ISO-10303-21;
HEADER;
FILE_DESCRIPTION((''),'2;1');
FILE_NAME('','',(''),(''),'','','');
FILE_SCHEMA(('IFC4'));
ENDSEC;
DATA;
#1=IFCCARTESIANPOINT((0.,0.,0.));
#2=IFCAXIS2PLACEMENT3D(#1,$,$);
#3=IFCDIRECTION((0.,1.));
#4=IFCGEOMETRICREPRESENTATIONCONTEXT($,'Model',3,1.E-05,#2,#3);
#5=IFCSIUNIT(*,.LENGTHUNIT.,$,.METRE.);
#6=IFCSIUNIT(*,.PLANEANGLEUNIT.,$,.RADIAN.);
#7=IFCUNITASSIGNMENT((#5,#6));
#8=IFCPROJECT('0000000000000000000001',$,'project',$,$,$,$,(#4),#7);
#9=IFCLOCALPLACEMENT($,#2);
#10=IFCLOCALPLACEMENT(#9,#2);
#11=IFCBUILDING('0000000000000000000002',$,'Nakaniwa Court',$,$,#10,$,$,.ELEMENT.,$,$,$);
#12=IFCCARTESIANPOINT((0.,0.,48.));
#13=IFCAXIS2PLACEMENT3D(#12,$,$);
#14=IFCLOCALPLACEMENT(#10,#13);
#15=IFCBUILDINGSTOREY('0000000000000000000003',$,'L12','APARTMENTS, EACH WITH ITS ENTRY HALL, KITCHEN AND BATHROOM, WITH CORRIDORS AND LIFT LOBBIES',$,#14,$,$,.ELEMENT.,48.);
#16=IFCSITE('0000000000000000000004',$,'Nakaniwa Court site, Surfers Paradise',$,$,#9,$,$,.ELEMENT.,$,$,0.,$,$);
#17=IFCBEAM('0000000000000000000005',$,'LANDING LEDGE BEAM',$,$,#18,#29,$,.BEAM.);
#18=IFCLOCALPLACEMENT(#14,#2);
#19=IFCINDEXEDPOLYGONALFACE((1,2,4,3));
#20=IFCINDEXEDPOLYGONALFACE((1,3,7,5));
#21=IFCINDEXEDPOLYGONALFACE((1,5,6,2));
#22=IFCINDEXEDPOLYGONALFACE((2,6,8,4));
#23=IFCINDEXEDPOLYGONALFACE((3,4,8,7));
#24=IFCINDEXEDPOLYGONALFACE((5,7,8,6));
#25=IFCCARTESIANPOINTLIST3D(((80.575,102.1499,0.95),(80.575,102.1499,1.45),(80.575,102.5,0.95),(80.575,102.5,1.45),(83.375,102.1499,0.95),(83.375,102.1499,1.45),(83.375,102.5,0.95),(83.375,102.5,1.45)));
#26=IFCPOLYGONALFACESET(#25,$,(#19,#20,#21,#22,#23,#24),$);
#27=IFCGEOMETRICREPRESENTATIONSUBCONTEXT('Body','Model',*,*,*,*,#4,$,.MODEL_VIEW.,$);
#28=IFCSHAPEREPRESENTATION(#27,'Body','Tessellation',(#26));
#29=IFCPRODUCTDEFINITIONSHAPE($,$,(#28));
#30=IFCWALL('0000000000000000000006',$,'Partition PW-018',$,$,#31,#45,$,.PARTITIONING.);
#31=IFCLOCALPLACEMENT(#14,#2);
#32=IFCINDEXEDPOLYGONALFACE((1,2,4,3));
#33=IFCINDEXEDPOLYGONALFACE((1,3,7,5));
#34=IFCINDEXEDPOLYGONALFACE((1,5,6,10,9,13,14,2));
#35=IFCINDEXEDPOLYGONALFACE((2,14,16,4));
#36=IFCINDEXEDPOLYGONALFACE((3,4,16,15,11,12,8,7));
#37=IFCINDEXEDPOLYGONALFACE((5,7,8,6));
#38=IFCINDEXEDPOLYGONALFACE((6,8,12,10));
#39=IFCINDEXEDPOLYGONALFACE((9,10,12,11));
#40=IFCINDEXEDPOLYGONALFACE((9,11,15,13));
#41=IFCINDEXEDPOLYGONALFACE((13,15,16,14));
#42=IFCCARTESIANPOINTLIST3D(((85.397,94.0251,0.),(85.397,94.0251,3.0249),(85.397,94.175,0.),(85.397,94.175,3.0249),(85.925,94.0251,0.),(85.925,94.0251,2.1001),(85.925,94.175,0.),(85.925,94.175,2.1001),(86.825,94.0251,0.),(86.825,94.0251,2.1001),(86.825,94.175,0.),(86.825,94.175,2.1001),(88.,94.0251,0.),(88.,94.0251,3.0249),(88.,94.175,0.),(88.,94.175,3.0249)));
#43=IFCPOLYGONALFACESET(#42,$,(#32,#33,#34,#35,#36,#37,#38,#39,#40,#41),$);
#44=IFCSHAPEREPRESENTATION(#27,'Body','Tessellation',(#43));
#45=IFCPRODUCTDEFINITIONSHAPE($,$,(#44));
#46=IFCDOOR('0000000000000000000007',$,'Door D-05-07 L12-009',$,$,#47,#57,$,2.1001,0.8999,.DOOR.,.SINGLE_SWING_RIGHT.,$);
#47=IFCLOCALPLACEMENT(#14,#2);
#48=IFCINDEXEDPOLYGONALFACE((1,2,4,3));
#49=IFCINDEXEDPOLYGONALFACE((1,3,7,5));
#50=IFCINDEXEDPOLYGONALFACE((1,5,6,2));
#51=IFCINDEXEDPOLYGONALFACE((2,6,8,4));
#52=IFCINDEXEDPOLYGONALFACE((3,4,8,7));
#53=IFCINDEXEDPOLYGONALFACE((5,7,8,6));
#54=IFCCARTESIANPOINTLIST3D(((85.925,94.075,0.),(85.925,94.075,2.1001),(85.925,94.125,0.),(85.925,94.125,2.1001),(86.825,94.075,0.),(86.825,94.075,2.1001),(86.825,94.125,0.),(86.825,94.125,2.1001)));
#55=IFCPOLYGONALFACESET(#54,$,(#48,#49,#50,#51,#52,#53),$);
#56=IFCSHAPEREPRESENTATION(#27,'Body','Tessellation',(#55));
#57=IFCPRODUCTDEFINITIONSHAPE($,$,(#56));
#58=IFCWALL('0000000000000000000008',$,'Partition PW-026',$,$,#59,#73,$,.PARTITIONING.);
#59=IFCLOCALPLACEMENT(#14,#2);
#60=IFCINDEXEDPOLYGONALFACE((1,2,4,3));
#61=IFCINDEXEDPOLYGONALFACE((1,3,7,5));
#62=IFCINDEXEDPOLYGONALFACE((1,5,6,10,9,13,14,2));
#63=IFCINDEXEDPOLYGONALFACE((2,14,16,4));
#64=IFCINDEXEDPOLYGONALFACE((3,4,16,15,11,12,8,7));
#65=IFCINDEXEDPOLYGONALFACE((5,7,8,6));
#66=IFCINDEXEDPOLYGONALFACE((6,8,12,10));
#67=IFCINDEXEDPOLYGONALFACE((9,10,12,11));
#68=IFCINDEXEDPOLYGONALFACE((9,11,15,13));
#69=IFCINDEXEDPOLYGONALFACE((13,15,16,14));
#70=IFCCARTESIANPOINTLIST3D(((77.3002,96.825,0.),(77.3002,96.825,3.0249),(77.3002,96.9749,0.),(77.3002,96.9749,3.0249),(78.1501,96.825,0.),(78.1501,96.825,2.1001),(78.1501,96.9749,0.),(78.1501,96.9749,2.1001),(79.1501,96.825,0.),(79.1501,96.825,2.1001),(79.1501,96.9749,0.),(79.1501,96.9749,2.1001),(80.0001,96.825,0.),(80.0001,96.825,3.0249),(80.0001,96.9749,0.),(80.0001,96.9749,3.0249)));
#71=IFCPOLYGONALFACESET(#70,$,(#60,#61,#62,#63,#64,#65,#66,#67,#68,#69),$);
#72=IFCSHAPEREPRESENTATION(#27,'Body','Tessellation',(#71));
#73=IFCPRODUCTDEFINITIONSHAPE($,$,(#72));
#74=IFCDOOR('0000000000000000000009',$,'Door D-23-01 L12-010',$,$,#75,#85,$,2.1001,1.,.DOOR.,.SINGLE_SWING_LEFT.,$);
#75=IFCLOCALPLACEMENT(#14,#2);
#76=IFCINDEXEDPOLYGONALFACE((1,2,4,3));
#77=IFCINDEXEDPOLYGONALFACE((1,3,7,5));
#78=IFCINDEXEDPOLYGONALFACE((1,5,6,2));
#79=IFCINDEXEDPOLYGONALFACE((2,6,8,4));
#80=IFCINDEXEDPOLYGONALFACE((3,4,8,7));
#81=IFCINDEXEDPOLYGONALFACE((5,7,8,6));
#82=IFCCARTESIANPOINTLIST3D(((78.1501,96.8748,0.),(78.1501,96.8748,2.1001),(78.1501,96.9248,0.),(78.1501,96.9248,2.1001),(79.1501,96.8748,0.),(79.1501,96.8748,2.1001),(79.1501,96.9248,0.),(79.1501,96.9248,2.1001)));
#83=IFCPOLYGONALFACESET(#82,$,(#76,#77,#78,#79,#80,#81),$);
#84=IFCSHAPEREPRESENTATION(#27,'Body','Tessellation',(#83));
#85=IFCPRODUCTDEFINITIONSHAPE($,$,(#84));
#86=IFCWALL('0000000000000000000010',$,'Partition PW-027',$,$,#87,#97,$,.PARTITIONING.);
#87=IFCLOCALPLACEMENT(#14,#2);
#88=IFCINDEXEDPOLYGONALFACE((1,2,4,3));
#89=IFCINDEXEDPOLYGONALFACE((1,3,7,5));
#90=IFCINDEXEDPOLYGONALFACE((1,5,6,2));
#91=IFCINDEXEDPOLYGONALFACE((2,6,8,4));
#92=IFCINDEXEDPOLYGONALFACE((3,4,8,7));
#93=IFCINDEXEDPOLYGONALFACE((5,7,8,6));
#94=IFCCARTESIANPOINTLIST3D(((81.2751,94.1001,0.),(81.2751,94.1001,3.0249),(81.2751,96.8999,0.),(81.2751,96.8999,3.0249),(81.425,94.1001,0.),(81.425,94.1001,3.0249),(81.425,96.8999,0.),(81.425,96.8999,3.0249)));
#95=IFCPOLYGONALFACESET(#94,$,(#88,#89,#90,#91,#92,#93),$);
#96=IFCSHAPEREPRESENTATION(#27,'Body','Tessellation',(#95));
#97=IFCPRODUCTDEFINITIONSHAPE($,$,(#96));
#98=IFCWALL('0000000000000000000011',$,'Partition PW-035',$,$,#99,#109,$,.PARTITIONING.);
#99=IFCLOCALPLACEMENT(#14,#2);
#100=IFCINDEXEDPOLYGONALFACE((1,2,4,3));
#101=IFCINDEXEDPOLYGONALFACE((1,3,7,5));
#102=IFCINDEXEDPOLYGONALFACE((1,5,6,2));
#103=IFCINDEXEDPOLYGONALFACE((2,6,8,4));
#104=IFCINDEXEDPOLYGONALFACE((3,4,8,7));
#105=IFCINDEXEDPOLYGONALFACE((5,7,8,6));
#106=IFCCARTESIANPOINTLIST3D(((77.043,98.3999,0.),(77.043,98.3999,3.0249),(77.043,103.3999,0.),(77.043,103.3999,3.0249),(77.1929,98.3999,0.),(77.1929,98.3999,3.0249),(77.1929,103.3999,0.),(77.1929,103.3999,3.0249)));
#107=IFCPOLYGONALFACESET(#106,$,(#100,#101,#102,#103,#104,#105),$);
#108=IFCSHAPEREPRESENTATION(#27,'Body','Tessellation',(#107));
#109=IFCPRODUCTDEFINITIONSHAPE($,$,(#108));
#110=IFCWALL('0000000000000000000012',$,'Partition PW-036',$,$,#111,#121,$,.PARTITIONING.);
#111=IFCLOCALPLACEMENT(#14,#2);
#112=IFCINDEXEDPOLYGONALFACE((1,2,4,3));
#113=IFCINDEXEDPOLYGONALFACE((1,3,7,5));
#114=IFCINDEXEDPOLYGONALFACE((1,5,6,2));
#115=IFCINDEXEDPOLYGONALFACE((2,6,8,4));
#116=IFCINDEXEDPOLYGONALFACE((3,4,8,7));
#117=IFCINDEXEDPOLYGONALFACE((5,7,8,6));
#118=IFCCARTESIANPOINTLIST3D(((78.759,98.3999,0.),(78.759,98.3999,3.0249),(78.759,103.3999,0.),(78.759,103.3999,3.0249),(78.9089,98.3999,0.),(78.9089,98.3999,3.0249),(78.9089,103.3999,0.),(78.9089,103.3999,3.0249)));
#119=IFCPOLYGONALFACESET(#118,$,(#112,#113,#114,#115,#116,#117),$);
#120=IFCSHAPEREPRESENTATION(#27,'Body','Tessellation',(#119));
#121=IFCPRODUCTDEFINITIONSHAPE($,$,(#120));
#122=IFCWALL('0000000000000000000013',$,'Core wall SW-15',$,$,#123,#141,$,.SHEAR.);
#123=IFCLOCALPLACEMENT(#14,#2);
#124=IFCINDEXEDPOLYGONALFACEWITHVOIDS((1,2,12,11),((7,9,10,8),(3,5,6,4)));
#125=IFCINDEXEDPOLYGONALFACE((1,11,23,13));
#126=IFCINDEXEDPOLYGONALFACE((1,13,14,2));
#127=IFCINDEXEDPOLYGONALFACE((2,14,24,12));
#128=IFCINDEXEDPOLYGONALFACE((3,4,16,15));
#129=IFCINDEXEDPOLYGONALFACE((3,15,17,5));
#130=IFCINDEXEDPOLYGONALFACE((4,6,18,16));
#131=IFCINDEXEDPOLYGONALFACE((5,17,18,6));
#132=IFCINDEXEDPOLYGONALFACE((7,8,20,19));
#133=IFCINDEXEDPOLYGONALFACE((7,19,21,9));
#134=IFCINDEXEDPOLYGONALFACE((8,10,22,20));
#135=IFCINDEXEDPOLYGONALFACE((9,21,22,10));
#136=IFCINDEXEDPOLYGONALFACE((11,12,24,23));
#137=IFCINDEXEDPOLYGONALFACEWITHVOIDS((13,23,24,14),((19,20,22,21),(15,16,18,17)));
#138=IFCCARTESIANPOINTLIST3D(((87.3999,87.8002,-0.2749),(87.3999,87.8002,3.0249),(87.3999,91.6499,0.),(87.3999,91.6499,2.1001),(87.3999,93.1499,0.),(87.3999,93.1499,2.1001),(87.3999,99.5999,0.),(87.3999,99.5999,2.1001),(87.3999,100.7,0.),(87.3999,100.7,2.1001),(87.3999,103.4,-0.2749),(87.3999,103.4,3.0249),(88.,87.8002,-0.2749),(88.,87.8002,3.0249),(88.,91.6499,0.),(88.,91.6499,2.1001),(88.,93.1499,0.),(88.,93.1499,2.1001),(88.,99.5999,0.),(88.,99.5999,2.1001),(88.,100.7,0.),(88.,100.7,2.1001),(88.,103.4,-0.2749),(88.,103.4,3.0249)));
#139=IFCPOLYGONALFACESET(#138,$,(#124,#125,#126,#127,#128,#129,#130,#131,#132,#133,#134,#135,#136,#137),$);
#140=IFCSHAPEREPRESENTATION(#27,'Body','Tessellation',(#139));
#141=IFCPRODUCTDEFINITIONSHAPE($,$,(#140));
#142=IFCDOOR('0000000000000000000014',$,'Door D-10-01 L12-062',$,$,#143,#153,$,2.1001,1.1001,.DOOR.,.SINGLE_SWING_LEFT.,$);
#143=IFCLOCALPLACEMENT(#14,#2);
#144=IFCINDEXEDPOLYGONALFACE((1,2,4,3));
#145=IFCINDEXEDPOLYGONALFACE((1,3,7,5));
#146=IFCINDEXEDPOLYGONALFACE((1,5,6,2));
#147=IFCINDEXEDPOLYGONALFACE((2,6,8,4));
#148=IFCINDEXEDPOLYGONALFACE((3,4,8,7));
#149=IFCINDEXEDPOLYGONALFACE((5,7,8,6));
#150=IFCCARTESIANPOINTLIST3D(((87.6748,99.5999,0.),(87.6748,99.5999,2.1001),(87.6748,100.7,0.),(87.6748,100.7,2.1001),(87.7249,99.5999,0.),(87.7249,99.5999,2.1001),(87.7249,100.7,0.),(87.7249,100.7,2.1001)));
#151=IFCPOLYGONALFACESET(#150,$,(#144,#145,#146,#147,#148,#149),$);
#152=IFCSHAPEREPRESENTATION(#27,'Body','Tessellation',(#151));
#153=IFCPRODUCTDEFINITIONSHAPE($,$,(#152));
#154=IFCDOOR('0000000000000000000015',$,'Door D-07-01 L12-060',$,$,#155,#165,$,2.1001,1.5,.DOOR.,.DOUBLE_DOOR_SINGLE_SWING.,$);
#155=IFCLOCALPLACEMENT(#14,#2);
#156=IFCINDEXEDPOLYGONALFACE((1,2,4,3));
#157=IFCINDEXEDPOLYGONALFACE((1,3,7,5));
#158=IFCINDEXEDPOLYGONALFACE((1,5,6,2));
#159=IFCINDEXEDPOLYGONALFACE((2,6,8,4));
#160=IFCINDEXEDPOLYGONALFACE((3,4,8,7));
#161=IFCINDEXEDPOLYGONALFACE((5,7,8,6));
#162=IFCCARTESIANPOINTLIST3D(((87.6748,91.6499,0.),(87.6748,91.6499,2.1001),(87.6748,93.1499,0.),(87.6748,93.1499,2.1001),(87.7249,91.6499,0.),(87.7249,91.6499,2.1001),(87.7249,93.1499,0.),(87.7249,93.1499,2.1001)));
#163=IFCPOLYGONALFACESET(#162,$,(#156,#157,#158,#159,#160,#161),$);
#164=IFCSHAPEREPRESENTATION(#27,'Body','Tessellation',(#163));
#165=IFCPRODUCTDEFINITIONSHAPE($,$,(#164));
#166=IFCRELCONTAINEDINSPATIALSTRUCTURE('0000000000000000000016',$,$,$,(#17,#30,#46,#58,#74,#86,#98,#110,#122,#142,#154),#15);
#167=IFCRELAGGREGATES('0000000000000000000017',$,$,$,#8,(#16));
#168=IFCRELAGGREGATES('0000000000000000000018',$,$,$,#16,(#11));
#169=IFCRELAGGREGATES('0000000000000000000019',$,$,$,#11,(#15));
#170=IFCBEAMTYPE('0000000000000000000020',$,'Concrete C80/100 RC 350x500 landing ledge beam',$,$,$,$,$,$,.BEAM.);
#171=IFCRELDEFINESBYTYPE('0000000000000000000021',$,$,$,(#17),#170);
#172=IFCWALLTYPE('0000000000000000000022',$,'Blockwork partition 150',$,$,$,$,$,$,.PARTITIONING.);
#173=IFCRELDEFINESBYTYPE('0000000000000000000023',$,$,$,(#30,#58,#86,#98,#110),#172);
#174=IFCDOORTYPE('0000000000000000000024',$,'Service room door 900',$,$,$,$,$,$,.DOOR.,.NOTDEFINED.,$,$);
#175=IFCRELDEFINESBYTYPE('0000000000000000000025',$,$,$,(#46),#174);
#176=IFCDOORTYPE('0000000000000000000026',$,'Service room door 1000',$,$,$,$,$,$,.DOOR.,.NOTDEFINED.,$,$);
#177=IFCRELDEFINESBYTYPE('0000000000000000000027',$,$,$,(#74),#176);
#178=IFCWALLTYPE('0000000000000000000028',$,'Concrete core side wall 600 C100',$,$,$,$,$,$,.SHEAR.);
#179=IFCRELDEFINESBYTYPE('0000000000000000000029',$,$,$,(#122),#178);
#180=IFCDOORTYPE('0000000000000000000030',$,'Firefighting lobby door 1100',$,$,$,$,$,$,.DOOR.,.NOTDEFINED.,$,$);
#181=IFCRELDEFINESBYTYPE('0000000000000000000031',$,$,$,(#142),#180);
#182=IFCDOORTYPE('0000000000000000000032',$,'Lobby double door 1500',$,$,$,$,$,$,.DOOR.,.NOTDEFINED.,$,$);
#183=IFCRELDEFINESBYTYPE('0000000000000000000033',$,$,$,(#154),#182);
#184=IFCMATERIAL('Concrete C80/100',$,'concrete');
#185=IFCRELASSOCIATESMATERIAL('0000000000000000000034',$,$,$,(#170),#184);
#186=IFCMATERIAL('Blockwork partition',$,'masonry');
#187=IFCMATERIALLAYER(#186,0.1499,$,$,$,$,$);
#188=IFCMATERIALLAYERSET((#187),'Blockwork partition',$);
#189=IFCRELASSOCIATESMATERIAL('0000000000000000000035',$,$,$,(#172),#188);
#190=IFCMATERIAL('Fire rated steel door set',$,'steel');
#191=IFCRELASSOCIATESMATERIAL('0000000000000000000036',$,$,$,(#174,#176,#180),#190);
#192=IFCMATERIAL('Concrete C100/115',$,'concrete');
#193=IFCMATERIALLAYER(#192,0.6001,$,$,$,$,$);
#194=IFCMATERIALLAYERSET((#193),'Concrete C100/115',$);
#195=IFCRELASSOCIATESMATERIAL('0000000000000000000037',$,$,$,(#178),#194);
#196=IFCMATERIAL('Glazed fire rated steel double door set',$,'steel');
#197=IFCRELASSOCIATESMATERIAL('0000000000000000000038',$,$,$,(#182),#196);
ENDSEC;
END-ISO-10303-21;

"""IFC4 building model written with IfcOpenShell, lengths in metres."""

from ifc_helpers import new_model, si_unit, direction, frame, frame_2d, origin, origin_2d, place, context, subcontext, project, spatial, rectangle, extrude, material, layer, layer_set, material_profile, profile_set, type_object, element, fill, save


model = new_model("IFC4")

# Units and contexts
model_context = context("Model", 3, precision=1e-05, world=origin(), true_north=direction((0.0, 1.0)))
body_context = subcontext(model_context, "Body", "Model", "MODEL_VIEW")
ifc_project = project(units=[si_unit("LENGTHUNIT", "METRE"), si_unit("PLANEANGLEUNIT", "RADIAN")], contexts=[model_context])

# Site, building, storey
site_placement = place(None, origin())
site = spatial("IfcSite", under=ifc_project, at=site_placement, Name="Nakaniwa Court site, Surfers Paradise", CompositionType="ELEMENT", RefElevation=0.0)
building_placement = place(site_placement, origin())
building = spatial("IfcBuilding", under=site, at=building_placement, Name="Nakaniwa Court", CompositionType="ELEMENT")
storey_placement = place(building_placement, frame((0.0, 0.0, 48.0)))
storey = spatial("IfcBuildingStorey", under=building, at=storey_placement, Name="L12", Description="APARTMENTS, EACH WITH ITS ENTRY HALL, KITCHEN AND BATHROOM, WITH CORRIDORS AND LIFT LOBBIES", CompositionType="ELEMENT", Elevation=48.0)

# Beam
ifc_material_1 = material(Name="Concrete C80/100", Category="concrete")
ifc_material_profile = material_profile(ifc_material_1, rectangle(XDim=0.3501, YDim=0.5, at=origin_2d()), Name="Concrete C80/100 RC 350x500 landing ledge beam")
ifc_profile_set = profile_set([ifc_material_profile], Name="Concrete C80/100")
beam_type = type_object("IfcBeamType", Name="Concrete C80/100 RC 350x500 landing ledge beam", PredefinedType="BEAM", material=ifc_profile_set)
beam_placement = place(storey_placement, frame((80.575, 102.325, 1.2), z_axis=(1.0, 0.0, 0.0), x_axis=(0.0, 1.0, 0.0)))
element("IfcBeam", 1, at=beam_placement, inside=storey, type_object=beam_type, Name="LANDING LEDGE BEAM", PredefinedType="BEAM", context=body_context, shape_type="SweptSolid", body=[
    extrude(rectangle(XDim=0.3501, YDim=0.5, at=origin_2d()), origin(), (0.0, 0.0, 1.0), 2.8),
])

# Walls, openings, doors
ifc_material_2 = material(Name="Blockwork partition", Category="masonry")
ifc_layer_1 = layer(ifc_material_2, 0.1499)
ifc_layer_set_1 = layer_set([ifc_layer_1], Name="Blockwork partition")
wall_type_1 = type_object("IfcWallType", Name="Blockwork partition 150", PredefinedType="PARTITIONING", material=ifc_layer_set_1)
wall_1_placement = place(storey_placement, frame((85.397, 94.1001, 0.0), z_axis=(0.0, 0.0, 1.0), x_axis=(1.0, 0.0, 0.0)))
wall_1 = element("IfcWall", 2, at=wall_1_placement, inside=storey, type_object=wall_type_1, Name="Partition PW-018", PredefinedType="PARTITIONING", context=body_context, shape_type="SweptSolid", body=[
    extrude(rectangle(XDim=2.603, YDim=0.1499, at=frame_2d((1.3015, 0.0))), origin(), (0.0, 0.0, 1.0), 3.0249),
])
opening_1_placement = place(wall_1_placement, frame((0.5281, 0.0, 0.0)))
opening_1 = element("IfcOpeningElement", 3, at=opening_1_placement, cuts=wall_1, PredefinedType="OPENING", context=body_context, shape_type="SweptSolid", body=[
    extrude(rectangle(XDim=0.8999, YDim=2.1001, at=frame_2d((0.45, 1.05))), frame((0.0, 0.085, 0.0), z_axis=(0.0, -1.0, 0.0), x_axis=(1.0, 0.0, 0.0)), (0.0, 0.0, 1.0), 0.1699),
])
ifc_material_3 = material(Name="Fire rated steel door set", Category="steel")
door_type_1 = type_object("IfcDoorType", Name="Service room door 900", OperationType="NOTDEFINED", PredefinedType="DOOR", material=ifc_material_3)
door_1_placement = place(opening_1_placement, origin())
door_1 = element("IfcDoor", 4, at=door_1_placement, inside=storey, type_object=door_type_1, Name="Door D-05-07 L12-009", OperationType="SINGLE_SWING_RIGHT", OverallHeight=2.1001, OverallWidth=0.8999, PredefinedType="DOOR", context=body_context, shape_type="SweptSolid", body=[
    extrude(rectangle(XDim=0.8999, YDim=2.1001, at=frame_2d((0.45, 1.05))), frame((0.0, 0.0249, 0.0), z_axis=(0.0, -1.0, 0.0), x_axis=(1.0, 0.0, 0.0)), (0.0, 0.0, 1.0), 0.05),
])
fill(opening_1, door_1)
wall_2_placement = place(storey_placement, frame((77.3, 96.8999, 0.0), z_axis=(0.0, 0.0, 1.0), x_axis=(1.0, 0.0, 0.0)))
wall_2 = element("IfcWall", 5, at=wall_2_placement, inside=storey, type_object=wall_type_1, Name="Partition PW-026", PredefinedType="PARTITIONING", context=body_context, shape_type="SweptSolid", body=[
    extrude(rectangle(XDim=2.7, YDim=0.1499, at=frame_2d((1.3501, 0.0))), origin(), (0.0, 0.0, 1.0), 3.0249),
])
opening_2_placement = place(wall_2_placement, frame((0.8501, 0.0, 0.0)))
opening_2 = element("IfcOpeningElement", 6, at=opening_2_placement, cuts=wall_2, PredefinedType="OPENING", context=body_context, shape_type="SweptSolid", body=[
    extrude(rectangle(XDim=1.0, YDim=2.1001, at=frame_2d((0.5, 1.05))), frame((0.0, 0.085, 0.0), z_axis=(0.0, -1.0, 0.0), x_axis=(1.0, 0.0, 0.0)), (0.0, 0.0, 1.0), 0.1699),
])
door_type_2 = type_object("IfcDoorType", Name="Service room door 1000", OperationType="NOTDEFINED", PredefinedType="DOOR", material=ifc_material_3)
door_2_placement = place(opening_2_placement, origin())
door_2 = element("IfcDoor", 7, at=door_2_placement, inside=storey, type_object=door_type_2, Name="Door D-23-01 L12-010", OperationType="SINGLE_SWING_LEFT", OverallHeight=2.1001, OverallWidth=1.0, PredefinedType="DOOR", context=body_context, shape_type="SweptSolid", body=[
    extrude(rectangle(XDim=1.0, YDim=2.1001, at=frame_2d((0.5, 1.05))), frame((0.0, 0.0249, 0.0), z_axis=(0.0, -1.0, 0.0), x_axis=(1.0, 0.0, 0.0)), (0.0, 0.0, 1.0), 0.05),
])
fill(opening_2, door_2)

# Walls
wall_3_placement = place(storey_placement, frame((81.3501, 94.1001, 0.0), z_axis=(0.0, 0.0, 1.0), x_axis=(0.0, 1.0, 0.0)))
element("IfcWall", 8, at=wall_3_placement, inside=storey, type_object=wall_type_1, Name="Partition PW-027", PredefinedType="PARTITIONING", context=body_context, shape_type="SweptSolid", body=[
    extrude(rectangle(XDim=2.7998, YDim=0.1499, at=frame_2d((1.3999, 0.0))), origin(), (0.0, 0.0, 1.0), 3.0249),
])
for number, where, z_axis, x_axis, name in (
    (9, (77.1179, 98.3999, 0.0), (0.0, 0.0, 1.0), (0.0, 1.0, 0.0), "Partition PW-035"),
    (10, (78.834, 98.3999, 0.0), (0.0, 0.0, 1.0), (0.0, 1.0, 0.0), "Partition PW-036"),
):
    element("IfcWall", number, at=place(storey_placement, frame(where, z_axis=z_axis, x_axis=x_axis)), inside=storey, type_object=wall_type_1, Name=name, PredefinedType="PARTITIONING", context=body_context, shape_type="SweptSolid", body=[
        extrude(rectangle(XDim=5.0, YDim=0.1499, at=frame_2d((2.5, 0.0))), origin(), (0.0, 0.0, 1.0), 3.0249),
    ])

# Wall, openings, doors
ifc_material_4 = material(Name="Concrete C100/115", Category="concrete")
ifc_layer_2 = layer(ifc_material_4, 0.6001)
ifc_layer_set_2 = layer_set([ifc_layer_2], Name="Concrete C100/115")
wall_type_2 = type_object("IfcWallType", Name="Concrete core side wall 600 C100", PredefinedType="SHEAR", material=ifc_layer_set_2)
wall_4_placement = place(storey_placement, frame((87.7, 103.3999, -0.2749), z_axis=(0.0, 0.0, 1.0), x_axis=(0.0, -1.0, 0.0)))
wall_4 = element("IfcWall", 11, at=wall_4_placement, inside=storey, type_object=wall_type_2, Name="Core wall SW-15", PredefinedType="SHEAR", context=body_context, shape_type="SweptSolid", body=[
    extrude(rectangle(XDim=15.5999, YDim=0.6001, at=frame_2d((7.7998, 0.0))), origin(), (0.0, 0.0, 1.0), 3.2998),
])
opening_3_placement = place(wall_4_placement, frame((10.25, 0.0, 0.2749)))
opening_3 = element("IfcOpeningElement", 12, at=opening_3_placement, cuts=wall_4, PredefinedType="OPENING", context=body_context, shape_type="SweptSolid", body=[
    extrude(rectangle(XDim=1.5, YDim=2.1001, at=frame_2d((0.75, 1.05))), frame((0.0, 0.3101, 0.0), z_axis=(0.0, -1.0, 0.0), x_axis=(1.0, 0.0, 0.0)), (0.0, 0.0, 1.0), 0.6201),
])
opening_4_placement = place(wall_4_placement, frame((2.7, 0.0, 0.2749)))
opening_4 = element("IfcOpeningElement", 13, at=opening_4_placement, cuts=wall_4, PredefinedType="OPENING", context=body_context, shape_type="SweptSolid", body=[
    extrude(rectangle(XDim=1.1001, YDim=2.1001, at=frame_2d((0.55, 1.05))), frame((0.0, 0.3101, 0.0), z_axis=(0.0, -1.0, 0.0), x_axis=(1.0, 0.0, 0.0)), (0.0, 0.0, 1.0), 0.6201),
])
door_type_3 = type_object("IfcDoorType", Name="Firefighting lobby door 1100", OperationType="NOTDEFINED", PredefinedType="DOOR", material=ifc_material_3)
door_3_placement = place(opening_4_placement, origin())
door_3 = element("IfcDoor", 14, at=door_3_placement, inside=storey, type_object=door_type_3, Name="Door D-10-01 L12-062", OperationType="SINGLE_SWING_LEFT", OverallHeight=2.1001, OverallWidth=1.1001, PredefinedType="DOOR", context=body_context, shape_type="SweptSolid", body=[
    extrude(rectangle(XDim=1.1001, YDim=2.1001, at=frame_2d((0.55, 1.05))), frame((0.0, 0.0249, 0.0), z_axis=(0.0, -1.0, 0.0), x_axis=(1.0, 0.0, 0.0)), (0.0, 0.0, 1.0), 0.05),
])
fill(opening_4, door_3)
ifc_material_5 = material(Name="Glazed fire rated steel double door set", Category="steel")
door_type_4 = type_object("IfcDoorType", Name="Lobby double door 1500", OperationType="NOTDEFINED", PredefinedType="DOOR", material=ifc_material_5)
door_4_placement = place(opening_3_placement, origin())
door_4 = element("IfcDoor", 15, at=door_4_placement, inside=storey, type_object=door_type_4, Name="Door D-07-01 L12-060", OperationType="DOUBLE_DOOR_SINGLE_SWING", OverallHeight=2.1001, OverallWidth=1.5, PredefinedType="DOOR", context=body_context, shape_type="SweptSolid", body=[
    extrude(rectangle(XDim=1.5, YDim=2.1001, at=frame_2d((0.75, 1.05))), frame((0.0, 0.0249, 0.0), z_axis=(0.0, -1.0, 0.0), x_axis=(1.0, 0.0, 0.0)), (0.0, 0.0, 1.0), 0.05),
])
fill(opening_3, door_4)

save(model, "model.ifc")
